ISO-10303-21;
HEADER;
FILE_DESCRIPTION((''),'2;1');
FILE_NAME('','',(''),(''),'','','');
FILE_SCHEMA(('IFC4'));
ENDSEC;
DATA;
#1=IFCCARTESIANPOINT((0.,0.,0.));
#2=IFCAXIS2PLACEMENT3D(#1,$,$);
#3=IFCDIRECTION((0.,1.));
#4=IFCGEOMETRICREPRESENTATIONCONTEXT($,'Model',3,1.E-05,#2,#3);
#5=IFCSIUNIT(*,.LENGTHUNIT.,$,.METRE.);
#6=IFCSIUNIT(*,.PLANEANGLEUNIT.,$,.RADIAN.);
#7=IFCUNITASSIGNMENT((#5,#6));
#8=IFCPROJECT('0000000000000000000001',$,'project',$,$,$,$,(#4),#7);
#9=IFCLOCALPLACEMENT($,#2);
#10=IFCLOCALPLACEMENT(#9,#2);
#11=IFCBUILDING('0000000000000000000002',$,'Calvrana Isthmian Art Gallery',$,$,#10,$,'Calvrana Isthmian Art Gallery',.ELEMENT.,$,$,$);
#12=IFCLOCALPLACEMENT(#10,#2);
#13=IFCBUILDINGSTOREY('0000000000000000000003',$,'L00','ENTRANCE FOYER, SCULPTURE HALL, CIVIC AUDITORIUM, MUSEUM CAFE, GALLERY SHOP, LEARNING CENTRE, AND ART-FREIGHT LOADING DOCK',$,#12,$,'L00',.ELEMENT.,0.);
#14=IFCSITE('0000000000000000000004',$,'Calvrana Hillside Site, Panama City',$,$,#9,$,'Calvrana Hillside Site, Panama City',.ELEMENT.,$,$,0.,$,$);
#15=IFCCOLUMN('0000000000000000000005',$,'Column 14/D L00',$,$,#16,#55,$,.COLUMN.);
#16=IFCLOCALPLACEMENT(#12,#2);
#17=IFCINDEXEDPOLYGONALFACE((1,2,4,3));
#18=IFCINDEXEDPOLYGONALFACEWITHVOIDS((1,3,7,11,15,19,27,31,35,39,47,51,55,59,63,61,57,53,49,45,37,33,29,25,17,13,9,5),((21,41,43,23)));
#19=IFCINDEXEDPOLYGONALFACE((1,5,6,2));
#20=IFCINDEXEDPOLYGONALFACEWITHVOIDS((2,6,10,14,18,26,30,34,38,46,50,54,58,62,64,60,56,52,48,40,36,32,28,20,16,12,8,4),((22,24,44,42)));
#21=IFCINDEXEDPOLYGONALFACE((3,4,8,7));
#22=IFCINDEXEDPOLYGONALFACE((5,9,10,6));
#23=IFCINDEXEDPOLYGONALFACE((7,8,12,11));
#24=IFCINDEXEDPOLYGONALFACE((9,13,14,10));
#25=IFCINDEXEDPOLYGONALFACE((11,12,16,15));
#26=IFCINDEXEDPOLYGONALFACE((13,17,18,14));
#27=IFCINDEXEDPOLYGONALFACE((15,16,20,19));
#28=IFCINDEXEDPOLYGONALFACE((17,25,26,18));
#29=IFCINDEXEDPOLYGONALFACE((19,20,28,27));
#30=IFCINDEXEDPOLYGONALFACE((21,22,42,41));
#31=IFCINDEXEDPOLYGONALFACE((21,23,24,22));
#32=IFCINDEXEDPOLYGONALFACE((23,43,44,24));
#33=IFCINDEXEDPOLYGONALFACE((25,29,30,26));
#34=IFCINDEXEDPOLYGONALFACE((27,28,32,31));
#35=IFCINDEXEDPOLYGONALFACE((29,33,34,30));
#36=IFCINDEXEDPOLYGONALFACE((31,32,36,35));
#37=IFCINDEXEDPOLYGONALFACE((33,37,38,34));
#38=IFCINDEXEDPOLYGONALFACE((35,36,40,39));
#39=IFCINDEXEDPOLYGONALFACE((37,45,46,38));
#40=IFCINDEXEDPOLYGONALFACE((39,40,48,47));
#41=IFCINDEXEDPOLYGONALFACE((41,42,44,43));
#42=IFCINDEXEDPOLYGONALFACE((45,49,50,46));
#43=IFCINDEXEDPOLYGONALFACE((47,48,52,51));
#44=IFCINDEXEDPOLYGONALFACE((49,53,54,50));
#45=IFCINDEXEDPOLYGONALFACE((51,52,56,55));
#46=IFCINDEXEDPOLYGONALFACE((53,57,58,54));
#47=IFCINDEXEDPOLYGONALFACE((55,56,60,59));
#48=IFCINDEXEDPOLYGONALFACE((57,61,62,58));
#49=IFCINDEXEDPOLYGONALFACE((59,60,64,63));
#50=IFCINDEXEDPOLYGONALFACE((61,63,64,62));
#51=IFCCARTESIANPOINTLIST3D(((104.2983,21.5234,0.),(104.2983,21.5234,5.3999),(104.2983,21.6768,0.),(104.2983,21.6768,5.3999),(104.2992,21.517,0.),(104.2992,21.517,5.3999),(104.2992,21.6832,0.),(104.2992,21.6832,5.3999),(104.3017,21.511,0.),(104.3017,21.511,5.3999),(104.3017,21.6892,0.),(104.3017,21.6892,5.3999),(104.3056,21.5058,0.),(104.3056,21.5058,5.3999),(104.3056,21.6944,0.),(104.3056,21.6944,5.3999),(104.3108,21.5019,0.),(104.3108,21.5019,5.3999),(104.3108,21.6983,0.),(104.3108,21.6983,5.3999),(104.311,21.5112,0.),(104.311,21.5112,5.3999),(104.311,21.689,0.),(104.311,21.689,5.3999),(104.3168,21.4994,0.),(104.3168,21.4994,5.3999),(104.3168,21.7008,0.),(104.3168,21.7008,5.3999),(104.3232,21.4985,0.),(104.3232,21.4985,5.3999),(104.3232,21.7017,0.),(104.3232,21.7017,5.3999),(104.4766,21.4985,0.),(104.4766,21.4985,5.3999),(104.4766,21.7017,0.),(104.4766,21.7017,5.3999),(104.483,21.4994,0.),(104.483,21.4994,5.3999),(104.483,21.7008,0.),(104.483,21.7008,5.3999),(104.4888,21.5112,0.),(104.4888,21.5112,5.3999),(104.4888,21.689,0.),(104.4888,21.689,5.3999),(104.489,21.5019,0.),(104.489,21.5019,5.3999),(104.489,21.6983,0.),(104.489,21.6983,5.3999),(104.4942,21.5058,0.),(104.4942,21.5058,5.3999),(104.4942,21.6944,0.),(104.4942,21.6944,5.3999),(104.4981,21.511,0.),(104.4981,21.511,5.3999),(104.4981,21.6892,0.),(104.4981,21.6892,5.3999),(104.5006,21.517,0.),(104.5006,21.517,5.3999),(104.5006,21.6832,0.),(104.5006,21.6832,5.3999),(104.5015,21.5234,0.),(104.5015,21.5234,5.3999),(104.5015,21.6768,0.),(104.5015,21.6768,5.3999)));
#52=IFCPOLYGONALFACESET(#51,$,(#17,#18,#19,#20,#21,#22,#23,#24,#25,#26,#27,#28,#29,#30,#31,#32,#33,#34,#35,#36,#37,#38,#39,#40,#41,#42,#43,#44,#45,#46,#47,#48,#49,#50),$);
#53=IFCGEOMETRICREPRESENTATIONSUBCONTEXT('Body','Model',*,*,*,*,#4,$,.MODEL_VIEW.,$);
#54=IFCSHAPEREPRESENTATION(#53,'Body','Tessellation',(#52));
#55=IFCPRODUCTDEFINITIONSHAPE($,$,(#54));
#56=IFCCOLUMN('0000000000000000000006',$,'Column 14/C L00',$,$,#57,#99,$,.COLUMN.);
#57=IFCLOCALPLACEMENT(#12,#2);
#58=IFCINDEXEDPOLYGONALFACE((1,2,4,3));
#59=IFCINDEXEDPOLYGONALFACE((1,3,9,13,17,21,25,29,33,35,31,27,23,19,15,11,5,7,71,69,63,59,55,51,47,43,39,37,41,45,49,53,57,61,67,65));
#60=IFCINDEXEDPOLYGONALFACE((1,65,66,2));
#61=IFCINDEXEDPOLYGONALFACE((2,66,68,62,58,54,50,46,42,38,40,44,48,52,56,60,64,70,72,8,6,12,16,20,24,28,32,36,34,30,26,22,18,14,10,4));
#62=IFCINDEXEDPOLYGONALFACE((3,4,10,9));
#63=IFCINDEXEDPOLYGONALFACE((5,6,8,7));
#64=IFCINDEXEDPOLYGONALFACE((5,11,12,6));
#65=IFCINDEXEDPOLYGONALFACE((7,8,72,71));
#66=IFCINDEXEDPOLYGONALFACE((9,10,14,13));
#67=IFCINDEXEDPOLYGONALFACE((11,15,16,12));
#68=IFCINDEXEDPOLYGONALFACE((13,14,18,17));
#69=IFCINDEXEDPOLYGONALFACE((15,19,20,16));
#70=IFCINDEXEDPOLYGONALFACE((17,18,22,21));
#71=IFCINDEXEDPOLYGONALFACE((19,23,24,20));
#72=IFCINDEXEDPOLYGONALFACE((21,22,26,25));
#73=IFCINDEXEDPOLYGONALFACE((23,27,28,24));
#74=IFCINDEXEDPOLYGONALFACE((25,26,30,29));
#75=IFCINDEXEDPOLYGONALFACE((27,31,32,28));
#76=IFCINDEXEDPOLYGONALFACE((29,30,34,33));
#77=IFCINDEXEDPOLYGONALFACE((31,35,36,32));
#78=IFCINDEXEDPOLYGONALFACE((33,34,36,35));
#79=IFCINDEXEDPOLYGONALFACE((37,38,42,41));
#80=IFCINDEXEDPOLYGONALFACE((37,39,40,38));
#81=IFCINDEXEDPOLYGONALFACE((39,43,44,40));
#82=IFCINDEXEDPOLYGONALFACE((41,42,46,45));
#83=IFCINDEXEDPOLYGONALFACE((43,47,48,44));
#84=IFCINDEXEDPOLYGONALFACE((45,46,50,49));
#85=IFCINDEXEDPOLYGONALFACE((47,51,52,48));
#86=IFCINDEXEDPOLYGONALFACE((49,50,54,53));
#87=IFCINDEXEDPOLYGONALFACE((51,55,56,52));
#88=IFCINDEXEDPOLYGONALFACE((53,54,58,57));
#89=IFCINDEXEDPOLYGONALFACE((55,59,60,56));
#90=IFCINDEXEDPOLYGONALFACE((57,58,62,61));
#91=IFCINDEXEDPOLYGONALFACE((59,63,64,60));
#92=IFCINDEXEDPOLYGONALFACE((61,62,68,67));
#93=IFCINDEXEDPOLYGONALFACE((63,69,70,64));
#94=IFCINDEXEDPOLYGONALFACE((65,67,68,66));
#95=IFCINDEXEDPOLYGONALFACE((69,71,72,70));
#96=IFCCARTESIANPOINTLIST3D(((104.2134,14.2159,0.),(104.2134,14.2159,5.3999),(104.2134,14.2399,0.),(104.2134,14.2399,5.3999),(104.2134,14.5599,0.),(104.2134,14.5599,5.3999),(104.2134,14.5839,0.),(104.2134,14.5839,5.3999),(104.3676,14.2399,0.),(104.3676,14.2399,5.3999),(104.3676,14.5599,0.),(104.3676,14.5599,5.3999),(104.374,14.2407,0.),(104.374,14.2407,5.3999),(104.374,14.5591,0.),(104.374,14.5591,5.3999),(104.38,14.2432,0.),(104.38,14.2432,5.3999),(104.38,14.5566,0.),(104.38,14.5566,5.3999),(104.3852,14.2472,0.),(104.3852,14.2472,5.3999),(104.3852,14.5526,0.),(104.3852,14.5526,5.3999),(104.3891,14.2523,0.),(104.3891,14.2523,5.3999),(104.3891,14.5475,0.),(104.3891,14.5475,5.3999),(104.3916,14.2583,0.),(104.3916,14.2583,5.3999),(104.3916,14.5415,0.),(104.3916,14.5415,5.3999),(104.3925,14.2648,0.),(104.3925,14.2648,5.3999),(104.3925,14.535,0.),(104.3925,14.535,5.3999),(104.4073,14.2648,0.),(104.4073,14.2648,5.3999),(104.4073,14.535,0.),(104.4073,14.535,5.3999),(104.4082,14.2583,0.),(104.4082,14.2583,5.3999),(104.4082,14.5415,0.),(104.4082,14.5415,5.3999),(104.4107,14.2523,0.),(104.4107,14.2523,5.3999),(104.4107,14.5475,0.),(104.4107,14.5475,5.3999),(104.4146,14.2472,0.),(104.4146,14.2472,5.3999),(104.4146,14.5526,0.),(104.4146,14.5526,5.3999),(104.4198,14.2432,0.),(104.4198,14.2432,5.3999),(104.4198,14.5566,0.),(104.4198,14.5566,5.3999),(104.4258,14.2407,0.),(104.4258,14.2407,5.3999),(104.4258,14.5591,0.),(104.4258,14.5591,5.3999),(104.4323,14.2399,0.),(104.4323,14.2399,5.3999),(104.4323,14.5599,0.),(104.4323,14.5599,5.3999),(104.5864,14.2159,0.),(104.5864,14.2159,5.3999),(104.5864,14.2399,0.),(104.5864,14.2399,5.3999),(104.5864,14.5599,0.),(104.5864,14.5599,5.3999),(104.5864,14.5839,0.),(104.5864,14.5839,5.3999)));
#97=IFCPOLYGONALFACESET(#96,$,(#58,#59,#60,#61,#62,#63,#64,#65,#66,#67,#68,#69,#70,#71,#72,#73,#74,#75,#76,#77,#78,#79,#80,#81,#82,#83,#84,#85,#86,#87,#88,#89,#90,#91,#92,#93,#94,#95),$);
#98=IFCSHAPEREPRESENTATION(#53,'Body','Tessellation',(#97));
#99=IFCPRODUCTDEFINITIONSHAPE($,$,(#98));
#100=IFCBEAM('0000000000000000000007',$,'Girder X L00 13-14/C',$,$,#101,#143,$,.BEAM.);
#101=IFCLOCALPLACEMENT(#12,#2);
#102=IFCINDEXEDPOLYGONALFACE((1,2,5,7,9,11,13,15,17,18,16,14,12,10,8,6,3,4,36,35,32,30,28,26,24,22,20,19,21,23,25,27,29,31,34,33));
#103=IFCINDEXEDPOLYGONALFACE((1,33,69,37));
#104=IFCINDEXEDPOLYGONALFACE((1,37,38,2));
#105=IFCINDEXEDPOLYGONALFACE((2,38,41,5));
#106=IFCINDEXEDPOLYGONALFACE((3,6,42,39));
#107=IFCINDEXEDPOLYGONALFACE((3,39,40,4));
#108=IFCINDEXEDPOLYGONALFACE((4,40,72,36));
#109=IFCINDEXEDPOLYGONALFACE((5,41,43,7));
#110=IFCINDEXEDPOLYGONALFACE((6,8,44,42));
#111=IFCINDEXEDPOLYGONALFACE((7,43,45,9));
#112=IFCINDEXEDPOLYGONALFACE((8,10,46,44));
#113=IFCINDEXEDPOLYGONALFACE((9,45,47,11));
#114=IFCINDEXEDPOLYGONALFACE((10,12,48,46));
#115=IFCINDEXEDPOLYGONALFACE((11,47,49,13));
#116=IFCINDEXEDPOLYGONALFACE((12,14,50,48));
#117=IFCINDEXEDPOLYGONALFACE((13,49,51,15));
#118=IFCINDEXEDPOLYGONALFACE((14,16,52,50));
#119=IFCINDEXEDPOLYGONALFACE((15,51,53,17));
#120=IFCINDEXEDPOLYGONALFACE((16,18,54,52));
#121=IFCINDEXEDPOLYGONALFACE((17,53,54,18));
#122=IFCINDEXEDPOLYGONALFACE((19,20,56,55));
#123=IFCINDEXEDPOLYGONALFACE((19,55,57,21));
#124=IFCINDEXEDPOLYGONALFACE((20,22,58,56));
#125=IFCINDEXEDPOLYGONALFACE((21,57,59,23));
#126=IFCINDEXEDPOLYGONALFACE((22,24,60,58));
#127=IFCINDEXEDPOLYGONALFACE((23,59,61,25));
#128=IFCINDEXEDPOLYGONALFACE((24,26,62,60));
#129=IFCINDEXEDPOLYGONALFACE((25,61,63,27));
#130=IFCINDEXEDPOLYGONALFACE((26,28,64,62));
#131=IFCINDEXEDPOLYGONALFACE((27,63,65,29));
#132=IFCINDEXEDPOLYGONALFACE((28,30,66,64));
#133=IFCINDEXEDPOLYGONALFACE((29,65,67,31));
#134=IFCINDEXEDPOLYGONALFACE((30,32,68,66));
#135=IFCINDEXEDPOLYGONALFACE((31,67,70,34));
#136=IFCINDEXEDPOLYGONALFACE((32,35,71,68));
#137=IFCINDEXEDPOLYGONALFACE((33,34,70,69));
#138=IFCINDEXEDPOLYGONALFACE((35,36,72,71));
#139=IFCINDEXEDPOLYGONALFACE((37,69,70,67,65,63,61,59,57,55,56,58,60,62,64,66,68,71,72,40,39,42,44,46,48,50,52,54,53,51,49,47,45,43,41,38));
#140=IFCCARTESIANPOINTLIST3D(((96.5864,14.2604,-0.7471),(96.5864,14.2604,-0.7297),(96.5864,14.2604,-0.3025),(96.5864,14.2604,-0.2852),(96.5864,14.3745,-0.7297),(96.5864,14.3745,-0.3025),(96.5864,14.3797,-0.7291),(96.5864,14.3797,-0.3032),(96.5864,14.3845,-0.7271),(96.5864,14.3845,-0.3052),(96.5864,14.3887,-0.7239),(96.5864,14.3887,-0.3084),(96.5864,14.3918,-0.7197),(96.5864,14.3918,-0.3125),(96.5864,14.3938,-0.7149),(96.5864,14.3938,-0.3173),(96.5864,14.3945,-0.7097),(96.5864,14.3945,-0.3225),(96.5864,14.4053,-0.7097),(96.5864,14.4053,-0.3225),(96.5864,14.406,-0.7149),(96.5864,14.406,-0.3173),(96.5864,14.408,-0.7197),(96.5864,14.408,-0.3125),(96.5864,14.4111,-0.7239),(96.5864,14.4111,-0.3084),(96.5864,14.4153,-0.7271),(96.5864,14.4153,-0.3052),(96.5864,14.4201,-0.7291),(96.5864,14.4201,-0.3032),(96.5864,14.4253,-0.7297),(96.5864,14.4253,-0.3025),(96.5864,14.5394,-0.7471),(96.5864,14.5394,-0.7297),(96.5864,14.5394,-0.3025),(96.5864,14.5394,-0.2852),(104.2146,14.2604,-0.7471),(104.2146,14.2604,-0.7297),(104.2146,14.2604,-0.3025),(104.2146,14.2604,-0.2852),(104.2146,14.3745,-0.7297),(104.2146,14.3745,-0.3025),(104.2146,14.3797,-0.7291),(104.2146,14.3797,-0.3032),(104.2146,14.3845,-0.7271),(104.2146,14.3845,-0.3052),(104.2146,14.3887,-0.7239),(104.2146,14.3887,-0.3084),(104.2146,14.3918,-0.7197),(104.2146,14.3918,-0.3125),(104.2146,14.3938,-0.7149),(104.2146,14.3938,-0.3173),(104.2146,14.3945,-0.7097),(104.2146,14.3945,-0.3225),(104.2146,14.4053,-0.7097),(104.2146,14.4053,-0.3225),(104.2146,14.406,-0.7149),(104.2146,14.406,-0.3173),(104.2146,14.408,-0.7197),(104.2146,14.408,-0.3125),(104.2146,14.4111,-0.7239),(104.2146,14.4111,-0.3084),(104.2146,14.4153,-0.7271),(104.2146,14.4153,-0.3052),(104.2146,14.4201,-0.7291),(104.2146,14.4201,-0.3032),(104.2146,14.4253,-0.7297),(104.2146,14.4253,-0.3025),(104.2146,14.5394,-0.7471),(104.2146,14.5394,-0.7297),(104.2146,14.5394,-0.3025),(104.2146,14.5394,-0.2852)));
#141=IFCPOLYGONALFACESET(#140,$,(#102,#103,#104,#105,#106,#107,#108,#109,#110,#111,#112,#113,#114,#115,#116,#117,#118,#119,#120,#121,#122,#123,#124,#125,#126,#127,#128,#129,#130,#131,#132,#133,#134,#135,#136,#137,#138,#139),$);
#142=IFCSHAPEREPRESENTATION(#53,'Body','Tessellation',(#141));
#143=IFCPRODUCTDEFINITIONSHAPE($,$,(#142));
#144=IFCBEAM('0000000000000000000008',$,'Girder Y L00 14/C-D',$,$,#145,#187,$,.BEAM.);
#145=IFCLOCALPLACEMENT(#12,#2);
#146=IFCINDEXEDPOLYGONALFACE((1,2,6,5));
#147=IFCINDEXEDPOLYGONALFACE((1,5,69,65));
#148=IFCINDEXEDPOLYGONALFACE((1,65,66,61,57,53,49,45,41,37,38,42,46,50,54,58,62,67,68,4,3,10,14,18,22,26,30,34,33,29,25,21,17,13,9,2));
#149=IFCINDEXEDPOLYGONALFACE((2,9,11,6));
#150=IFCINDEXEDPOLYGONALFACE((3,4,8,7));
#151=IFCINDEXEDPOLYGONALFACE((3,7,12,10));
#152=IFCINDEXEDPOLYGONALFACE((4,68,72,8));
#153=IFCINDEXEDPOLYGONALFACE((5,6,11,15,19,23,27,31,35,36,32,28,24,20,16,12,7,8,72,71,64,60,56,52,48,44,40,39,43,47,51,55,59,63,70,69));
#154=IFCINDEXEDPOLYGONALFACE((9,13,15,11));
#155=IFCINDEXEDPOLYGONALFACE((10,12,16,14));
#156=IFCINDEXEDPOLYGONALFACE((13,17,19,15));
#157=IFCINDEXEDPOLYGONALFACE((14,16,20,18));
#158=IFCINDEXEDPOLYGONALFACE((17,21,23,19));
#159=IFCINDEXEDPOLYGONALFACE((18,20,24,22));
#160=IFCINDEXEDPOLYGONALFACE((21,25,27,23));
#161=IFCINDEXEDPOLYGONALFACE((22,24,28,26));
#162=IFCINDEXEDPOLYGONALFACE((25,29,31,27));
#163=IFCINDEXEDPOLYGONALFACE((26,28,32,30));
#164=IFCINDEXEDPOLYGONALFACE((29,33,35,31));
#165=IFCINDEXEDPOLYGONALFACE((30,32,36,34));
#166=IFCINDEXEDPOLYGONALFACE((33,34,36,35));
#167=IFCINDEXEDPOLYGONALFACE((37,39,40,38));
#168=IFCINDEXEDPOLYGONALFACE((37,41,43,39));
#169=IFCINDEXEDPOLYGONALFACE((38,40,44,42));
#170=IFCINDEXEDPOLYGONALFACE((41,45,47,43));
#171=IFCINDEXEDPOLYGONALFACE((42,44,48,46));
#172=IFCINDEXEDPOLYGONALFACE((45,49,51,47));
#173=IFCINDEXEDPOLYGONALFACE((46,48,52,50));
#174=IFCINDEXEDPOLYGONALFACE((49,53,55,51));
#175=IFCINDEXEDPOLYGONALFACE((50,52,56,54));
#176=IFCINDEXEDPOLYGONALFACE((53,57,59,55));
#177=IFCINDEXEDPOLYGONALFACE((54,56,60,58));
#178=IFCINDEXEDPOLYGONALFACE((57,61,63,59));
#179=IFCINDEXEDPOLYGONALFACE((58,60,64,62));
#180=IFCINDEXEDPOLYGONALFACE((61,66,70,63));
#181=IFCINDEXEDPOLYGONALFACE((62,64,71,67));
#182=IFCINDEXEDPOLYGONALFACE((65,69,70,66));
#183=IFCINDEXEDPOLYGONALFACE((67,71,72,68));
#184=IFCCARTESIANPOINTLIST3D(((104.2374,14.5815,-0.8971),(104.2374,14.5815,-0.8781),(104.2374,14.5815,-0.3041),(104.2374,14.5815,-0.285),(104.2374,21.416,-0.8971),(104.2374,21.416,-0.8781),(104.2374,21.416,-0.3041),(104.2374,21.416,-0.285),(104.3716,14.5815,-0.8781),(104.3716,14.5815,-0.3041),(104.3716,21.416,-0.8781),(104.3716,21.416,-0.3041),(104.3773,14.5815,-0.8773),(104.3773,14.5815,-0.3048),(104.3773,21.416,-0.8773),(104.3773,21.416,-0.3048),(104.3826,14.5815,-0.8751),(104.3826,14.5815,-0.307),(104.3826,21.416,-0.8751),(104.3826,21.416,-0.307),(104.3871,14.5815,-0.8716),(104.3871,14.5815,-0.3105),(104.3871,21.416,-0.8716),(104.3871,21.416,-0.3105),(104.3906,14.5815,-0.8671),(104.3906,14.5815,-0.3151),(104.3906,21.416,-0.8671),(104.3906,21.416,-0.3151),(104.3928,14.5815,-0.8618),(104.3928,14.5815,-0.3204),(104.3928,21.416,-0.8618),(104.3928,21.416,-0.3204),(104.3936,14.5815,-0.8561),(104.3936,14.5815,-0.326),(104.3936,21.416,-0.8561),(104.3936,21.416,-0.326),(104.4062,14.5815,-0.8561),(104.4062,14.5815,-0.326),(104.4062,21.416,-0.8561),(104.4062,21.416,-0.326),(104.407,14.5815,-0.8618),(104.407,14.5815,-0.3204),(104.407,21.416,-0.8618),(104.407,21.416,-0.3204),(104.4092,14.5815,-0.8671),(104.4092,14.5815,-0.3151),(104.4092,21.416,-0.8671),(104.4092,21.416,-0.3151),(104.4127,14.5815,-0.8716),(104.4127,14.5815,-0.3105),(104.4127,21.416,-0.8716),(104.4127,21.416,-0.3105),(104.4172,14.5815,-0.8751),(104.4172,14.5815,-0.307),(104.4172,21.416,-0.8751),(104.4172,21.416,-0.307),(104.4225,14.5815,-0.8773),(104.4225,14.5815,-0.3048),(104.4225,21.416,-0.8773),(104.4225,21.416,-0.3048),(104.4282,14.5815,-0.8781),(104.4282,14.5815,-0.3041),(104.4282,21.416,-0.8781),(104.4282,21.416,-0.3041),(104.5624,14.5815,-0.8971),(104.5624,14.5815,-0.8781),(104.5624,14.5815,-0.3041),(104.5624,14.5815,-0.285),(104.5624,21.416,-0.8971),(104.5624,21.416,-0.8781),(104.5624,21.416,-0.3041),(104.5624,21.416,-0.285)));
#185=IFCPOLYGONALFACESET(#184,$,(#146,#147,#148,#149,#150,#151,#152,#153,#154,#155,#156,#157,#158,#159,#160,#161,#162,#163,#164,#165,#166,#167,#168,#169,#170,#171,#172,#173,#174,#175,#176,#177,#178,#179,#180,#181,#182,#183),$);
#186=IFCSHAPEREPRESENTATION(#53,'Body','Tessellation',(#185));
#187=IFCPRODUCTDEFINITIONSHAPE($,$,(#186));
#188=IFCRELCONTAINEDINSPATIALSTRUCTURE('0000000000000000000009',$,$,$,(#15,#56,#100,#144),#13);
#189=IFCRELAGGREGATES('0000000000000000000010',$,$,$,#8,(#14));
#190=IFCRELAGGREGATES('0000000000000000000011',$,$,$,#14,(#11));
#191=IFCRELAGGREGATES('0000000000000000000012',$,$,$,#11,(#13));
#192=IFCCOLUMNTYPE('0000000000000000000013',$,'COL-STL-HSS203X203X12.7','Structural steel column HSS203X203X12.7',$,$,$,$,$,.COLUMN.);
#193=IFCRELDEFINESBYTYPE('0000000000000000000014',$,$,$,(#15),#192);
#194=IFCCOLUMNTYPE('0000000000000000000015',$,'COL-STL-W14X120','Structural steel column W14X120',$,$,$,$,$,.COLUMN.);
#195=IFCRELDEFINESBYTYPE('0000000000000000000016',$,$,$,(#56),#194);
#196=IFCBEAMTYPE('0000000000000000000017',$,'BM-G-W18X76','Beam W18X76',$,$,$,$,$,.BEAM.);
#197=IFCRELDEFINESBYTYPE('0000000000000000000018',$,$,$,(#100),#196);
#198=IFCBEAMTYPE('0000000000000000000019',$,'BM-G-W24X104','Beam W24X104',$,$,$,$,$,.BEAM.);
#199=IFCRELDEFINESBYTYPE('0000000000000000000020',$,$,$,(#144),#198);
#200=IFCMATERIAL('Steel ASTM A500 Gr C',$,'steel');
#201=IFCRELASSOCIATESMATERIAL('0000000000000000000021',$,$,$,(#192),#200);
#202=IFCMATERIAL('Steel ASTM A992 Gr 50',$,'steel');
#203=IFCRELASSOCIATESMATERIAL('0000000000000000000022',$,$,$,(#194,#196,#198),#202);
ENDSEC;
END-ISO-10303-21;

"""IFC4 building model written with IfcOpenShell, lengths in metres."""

from ifc_helpers import new_model, si_unit, direction, frame, origin, origin_2d, place, context, subcontext, project, spatial, hollow_rectangle, i_section, extrude, material, material_profile, profile_set, type_object, element, save


model = new_model("IFC4")

# Units and contexts
model_context = context("Model", 3, precision=1e-05, world=origin(), true_north=direction((0.0, 1.0)))
body_context = subcontext(model_context, "Body", "Model", "MODEL_VIEW")
ifc_project = project(units=[si_unit("LENGTHUNIT", "METRE"), si_unit("PLANEANGLEUNIT", "RADIAN")], contexts=[model_context])

# Site, building, storey
site_placement = place(None, origin())
site = spatial("IfcSite", under=ifc_project, at=site_placement, Name="Calvrana Hillside Site, Panama City", LongName="Calvrana Hillside Site, Panama City", CompositionType="ELEMENT", RefElevation=0.0)
building_placement = place(site_placement, origin())
building = spatial("IfcBuilding", under=site, at=building_placement, Name="Calvrana Isthmian Art Gallery", LongName="Calvrana Isthmian Art Gallery", CompositionType="ELEMENT")
storey_placement = place(building_placement, origin())
storey = spatial("IfcBuildingStorey", under=building, at=storey_placement, Name="L00", Description="ENTRANCE FOYER, SCULPTURE HALL, CIVIC AUDITORIUM, MUSEUM CAFE, GALLERY SHOP, LEARNING CENTRE, AND ART-FREIGHT LOADING DOCK", LongName="L00", CompositionType="ELEMENT", Elevation=0.0)

# Columns
ifc_material_1 = material(Name="Steel ASTM A500 Gr C", Category="steel")
ifc_material_profile_1 = material_profile(ifc_material_1, hollow_rectangle(XDim=0.2031, YDim=0.2031, WallThickness=0.0127, OuterFilletRadius=0.0249, at=origin_2d()), Name="HSS203X203X12.7")
ifc_profile_set_1 = profile_set([ifc_material_profile_1], Name="Steel ASTM A500 Gr C")
column_type_1 = type_object("IfcColumnType", Name="COL-STL-HSS203X203X12.7", Description="Structural steel column HSS203X203X12.7", PredefinedType="COLUMN", material=ifc_profile_set_1)
column_1_placement = place(storey_placement, frame((104.3999, 21.6001, 0.0), z_axis=(0.0, 0.0, 1.0), x_axis=(1.0, 0.0, 0.0)))
element("IfcColumn", 1, at=column_1_placement, inside=storey, type_object=column_type_1, Name="Column 14/D L00", PredefinedType="COLUMN", context=body_context, shape_type="SweptSolid", body=[
    extrude(hollow_rectangle(XDim=0.2031, YDim=0.2031, WallThickness=0.0127, OuterFilletRadius=0.0249, at=origin_2d()), origin(), (0.0, 0.0, 1.0), 5.3999),
])
ifc_material_2 = material(Name="Steel ASTM A992 Gr 50", Category="steel")
ifc_material_profile_2 = material_profile(ifc_material_2, i_section(OverallWidth=0.373, OverallDepth=0.3679, WebThickness=0.0149, FlangeThickness=0.0239, FilletRadius=0.0249, at=origin_2d()), Name="W14X120")
ifc_profile_set_2 = profile_set([ifc_material_profile_2], Name="Steel ASTM A992 Gr 50")
column_type_2 = type_object("IfcColumnType", Name="COL-STL-W14X120", Description="Structural steel column W14X120", PredefinedType="COLUMN", material=ifc_profile_set_2)
column_2_placement = place(storey_placement, frame((104.3999, 14.3999, 0.0), z_axis=(0.0, 0.0, 1.0), x_axis=(1.0, 0.0, 0.0)))
element("IfcColumn", 2, at=column_2_placement, inside=storey, type_object=column_type_2, Name="Column 14/C L00", PredefinedType="COLUMN", context=body_context, shape_type="SweptSolid", body=[
    extrude(i_section(OverallWidth=0.373, OverallDepth=0.3679, WebThickness=0.0149, FlangeThickness=0.0239, FilletRadius=0.0249, at=origin_2d()), origin(), (0.0, 0.0, 1.0), 5.3999),
])

# Beams
ifc_material_profile_3 = material_profile(ifc_material_2, i_section(OverallWidth=0.2791, OverallDepth=0.4619, WebThickness=0.0107, FlangeThickness=0.0173, FilletRadius=0.02, at=origin_2d()), Name="W18X76")
ifc_profile_set_3 = profile_set([ifc_material_profile_3], Name="Steel ASTM A992 Gr 50")
beam_type_1 = type_object("IfcBeamType", Name="BM-G-W18X76", Description="Beam W18X76", PredefinedType="BEAM", material=ifc_profile_set_3)
beam_1_placement = place(storey_placement, frame((96.5864, 14.3999, -0.5161), z_axis=(1.0, 0.0, 0.0), x_axis=(0.0, 1.0, 0.0)))
element("IfcBeam", 3, at=beam_1_placement, inside=storey, type_object=beam_type_1, Name="Girder X L00 13-14/C", PredefinedType="BEAM", context=body_context, shape_type="SweptSolid", body=[
    extrude(i_section(OverallWidth=0.2791, OverallDepth=0.4619, WebThickness=0.0107, FlangeThickness=0.0173, FilletRadius=0.02, at=origin_2d()), origin(), (0.0, 0.0, 1.0), 7.6282),
])
ifc_material_profile_4 = material_profile(ifc_material_2, i_section(OverallWidth=0.325, OverallDepth=0.6121, WebThickness=0.0127, FlangeThickness=0.019, FilletRadius=0.022, at=origin_2d()), Name="W24X104")
ifc_profile_set_4 = profile_set([ifc_material_profile_4], Name="Steel ASTM A992 Gr 50")
beam_type_2 = type_object("IfcBeamType", Name="BM-G-W24X104", Description="Beam W24X104", PredefinedType="BEAM", material=ifc_profile_set_4)
beam_2_placement = place(storey_placement, frame((104.3999, 14.5815, -0.5911), z_axis=(0.0, 1.0, 0.0), x_axis=(-1.0, 0.0, 0.0)))
element("IfcBeam", 4, at=beam_2_placement, inside=storey, type_object=beam_type_2, Name="Girder Y L00 14/C-D", PredefinedType="BEAM", context=body_context, shape_type="SweptSolid", body=[
    extrude(i_section(OverallWidth=0.325, OverallDepth=0.6121, WebThickness=0.0127, FlangeThickness=0.019, FilletRadius=0.022, at=origin_2d()), origin(), (0.0, 0.0, 1.0), 6.8345),
])

save(model, "model.ifc")
